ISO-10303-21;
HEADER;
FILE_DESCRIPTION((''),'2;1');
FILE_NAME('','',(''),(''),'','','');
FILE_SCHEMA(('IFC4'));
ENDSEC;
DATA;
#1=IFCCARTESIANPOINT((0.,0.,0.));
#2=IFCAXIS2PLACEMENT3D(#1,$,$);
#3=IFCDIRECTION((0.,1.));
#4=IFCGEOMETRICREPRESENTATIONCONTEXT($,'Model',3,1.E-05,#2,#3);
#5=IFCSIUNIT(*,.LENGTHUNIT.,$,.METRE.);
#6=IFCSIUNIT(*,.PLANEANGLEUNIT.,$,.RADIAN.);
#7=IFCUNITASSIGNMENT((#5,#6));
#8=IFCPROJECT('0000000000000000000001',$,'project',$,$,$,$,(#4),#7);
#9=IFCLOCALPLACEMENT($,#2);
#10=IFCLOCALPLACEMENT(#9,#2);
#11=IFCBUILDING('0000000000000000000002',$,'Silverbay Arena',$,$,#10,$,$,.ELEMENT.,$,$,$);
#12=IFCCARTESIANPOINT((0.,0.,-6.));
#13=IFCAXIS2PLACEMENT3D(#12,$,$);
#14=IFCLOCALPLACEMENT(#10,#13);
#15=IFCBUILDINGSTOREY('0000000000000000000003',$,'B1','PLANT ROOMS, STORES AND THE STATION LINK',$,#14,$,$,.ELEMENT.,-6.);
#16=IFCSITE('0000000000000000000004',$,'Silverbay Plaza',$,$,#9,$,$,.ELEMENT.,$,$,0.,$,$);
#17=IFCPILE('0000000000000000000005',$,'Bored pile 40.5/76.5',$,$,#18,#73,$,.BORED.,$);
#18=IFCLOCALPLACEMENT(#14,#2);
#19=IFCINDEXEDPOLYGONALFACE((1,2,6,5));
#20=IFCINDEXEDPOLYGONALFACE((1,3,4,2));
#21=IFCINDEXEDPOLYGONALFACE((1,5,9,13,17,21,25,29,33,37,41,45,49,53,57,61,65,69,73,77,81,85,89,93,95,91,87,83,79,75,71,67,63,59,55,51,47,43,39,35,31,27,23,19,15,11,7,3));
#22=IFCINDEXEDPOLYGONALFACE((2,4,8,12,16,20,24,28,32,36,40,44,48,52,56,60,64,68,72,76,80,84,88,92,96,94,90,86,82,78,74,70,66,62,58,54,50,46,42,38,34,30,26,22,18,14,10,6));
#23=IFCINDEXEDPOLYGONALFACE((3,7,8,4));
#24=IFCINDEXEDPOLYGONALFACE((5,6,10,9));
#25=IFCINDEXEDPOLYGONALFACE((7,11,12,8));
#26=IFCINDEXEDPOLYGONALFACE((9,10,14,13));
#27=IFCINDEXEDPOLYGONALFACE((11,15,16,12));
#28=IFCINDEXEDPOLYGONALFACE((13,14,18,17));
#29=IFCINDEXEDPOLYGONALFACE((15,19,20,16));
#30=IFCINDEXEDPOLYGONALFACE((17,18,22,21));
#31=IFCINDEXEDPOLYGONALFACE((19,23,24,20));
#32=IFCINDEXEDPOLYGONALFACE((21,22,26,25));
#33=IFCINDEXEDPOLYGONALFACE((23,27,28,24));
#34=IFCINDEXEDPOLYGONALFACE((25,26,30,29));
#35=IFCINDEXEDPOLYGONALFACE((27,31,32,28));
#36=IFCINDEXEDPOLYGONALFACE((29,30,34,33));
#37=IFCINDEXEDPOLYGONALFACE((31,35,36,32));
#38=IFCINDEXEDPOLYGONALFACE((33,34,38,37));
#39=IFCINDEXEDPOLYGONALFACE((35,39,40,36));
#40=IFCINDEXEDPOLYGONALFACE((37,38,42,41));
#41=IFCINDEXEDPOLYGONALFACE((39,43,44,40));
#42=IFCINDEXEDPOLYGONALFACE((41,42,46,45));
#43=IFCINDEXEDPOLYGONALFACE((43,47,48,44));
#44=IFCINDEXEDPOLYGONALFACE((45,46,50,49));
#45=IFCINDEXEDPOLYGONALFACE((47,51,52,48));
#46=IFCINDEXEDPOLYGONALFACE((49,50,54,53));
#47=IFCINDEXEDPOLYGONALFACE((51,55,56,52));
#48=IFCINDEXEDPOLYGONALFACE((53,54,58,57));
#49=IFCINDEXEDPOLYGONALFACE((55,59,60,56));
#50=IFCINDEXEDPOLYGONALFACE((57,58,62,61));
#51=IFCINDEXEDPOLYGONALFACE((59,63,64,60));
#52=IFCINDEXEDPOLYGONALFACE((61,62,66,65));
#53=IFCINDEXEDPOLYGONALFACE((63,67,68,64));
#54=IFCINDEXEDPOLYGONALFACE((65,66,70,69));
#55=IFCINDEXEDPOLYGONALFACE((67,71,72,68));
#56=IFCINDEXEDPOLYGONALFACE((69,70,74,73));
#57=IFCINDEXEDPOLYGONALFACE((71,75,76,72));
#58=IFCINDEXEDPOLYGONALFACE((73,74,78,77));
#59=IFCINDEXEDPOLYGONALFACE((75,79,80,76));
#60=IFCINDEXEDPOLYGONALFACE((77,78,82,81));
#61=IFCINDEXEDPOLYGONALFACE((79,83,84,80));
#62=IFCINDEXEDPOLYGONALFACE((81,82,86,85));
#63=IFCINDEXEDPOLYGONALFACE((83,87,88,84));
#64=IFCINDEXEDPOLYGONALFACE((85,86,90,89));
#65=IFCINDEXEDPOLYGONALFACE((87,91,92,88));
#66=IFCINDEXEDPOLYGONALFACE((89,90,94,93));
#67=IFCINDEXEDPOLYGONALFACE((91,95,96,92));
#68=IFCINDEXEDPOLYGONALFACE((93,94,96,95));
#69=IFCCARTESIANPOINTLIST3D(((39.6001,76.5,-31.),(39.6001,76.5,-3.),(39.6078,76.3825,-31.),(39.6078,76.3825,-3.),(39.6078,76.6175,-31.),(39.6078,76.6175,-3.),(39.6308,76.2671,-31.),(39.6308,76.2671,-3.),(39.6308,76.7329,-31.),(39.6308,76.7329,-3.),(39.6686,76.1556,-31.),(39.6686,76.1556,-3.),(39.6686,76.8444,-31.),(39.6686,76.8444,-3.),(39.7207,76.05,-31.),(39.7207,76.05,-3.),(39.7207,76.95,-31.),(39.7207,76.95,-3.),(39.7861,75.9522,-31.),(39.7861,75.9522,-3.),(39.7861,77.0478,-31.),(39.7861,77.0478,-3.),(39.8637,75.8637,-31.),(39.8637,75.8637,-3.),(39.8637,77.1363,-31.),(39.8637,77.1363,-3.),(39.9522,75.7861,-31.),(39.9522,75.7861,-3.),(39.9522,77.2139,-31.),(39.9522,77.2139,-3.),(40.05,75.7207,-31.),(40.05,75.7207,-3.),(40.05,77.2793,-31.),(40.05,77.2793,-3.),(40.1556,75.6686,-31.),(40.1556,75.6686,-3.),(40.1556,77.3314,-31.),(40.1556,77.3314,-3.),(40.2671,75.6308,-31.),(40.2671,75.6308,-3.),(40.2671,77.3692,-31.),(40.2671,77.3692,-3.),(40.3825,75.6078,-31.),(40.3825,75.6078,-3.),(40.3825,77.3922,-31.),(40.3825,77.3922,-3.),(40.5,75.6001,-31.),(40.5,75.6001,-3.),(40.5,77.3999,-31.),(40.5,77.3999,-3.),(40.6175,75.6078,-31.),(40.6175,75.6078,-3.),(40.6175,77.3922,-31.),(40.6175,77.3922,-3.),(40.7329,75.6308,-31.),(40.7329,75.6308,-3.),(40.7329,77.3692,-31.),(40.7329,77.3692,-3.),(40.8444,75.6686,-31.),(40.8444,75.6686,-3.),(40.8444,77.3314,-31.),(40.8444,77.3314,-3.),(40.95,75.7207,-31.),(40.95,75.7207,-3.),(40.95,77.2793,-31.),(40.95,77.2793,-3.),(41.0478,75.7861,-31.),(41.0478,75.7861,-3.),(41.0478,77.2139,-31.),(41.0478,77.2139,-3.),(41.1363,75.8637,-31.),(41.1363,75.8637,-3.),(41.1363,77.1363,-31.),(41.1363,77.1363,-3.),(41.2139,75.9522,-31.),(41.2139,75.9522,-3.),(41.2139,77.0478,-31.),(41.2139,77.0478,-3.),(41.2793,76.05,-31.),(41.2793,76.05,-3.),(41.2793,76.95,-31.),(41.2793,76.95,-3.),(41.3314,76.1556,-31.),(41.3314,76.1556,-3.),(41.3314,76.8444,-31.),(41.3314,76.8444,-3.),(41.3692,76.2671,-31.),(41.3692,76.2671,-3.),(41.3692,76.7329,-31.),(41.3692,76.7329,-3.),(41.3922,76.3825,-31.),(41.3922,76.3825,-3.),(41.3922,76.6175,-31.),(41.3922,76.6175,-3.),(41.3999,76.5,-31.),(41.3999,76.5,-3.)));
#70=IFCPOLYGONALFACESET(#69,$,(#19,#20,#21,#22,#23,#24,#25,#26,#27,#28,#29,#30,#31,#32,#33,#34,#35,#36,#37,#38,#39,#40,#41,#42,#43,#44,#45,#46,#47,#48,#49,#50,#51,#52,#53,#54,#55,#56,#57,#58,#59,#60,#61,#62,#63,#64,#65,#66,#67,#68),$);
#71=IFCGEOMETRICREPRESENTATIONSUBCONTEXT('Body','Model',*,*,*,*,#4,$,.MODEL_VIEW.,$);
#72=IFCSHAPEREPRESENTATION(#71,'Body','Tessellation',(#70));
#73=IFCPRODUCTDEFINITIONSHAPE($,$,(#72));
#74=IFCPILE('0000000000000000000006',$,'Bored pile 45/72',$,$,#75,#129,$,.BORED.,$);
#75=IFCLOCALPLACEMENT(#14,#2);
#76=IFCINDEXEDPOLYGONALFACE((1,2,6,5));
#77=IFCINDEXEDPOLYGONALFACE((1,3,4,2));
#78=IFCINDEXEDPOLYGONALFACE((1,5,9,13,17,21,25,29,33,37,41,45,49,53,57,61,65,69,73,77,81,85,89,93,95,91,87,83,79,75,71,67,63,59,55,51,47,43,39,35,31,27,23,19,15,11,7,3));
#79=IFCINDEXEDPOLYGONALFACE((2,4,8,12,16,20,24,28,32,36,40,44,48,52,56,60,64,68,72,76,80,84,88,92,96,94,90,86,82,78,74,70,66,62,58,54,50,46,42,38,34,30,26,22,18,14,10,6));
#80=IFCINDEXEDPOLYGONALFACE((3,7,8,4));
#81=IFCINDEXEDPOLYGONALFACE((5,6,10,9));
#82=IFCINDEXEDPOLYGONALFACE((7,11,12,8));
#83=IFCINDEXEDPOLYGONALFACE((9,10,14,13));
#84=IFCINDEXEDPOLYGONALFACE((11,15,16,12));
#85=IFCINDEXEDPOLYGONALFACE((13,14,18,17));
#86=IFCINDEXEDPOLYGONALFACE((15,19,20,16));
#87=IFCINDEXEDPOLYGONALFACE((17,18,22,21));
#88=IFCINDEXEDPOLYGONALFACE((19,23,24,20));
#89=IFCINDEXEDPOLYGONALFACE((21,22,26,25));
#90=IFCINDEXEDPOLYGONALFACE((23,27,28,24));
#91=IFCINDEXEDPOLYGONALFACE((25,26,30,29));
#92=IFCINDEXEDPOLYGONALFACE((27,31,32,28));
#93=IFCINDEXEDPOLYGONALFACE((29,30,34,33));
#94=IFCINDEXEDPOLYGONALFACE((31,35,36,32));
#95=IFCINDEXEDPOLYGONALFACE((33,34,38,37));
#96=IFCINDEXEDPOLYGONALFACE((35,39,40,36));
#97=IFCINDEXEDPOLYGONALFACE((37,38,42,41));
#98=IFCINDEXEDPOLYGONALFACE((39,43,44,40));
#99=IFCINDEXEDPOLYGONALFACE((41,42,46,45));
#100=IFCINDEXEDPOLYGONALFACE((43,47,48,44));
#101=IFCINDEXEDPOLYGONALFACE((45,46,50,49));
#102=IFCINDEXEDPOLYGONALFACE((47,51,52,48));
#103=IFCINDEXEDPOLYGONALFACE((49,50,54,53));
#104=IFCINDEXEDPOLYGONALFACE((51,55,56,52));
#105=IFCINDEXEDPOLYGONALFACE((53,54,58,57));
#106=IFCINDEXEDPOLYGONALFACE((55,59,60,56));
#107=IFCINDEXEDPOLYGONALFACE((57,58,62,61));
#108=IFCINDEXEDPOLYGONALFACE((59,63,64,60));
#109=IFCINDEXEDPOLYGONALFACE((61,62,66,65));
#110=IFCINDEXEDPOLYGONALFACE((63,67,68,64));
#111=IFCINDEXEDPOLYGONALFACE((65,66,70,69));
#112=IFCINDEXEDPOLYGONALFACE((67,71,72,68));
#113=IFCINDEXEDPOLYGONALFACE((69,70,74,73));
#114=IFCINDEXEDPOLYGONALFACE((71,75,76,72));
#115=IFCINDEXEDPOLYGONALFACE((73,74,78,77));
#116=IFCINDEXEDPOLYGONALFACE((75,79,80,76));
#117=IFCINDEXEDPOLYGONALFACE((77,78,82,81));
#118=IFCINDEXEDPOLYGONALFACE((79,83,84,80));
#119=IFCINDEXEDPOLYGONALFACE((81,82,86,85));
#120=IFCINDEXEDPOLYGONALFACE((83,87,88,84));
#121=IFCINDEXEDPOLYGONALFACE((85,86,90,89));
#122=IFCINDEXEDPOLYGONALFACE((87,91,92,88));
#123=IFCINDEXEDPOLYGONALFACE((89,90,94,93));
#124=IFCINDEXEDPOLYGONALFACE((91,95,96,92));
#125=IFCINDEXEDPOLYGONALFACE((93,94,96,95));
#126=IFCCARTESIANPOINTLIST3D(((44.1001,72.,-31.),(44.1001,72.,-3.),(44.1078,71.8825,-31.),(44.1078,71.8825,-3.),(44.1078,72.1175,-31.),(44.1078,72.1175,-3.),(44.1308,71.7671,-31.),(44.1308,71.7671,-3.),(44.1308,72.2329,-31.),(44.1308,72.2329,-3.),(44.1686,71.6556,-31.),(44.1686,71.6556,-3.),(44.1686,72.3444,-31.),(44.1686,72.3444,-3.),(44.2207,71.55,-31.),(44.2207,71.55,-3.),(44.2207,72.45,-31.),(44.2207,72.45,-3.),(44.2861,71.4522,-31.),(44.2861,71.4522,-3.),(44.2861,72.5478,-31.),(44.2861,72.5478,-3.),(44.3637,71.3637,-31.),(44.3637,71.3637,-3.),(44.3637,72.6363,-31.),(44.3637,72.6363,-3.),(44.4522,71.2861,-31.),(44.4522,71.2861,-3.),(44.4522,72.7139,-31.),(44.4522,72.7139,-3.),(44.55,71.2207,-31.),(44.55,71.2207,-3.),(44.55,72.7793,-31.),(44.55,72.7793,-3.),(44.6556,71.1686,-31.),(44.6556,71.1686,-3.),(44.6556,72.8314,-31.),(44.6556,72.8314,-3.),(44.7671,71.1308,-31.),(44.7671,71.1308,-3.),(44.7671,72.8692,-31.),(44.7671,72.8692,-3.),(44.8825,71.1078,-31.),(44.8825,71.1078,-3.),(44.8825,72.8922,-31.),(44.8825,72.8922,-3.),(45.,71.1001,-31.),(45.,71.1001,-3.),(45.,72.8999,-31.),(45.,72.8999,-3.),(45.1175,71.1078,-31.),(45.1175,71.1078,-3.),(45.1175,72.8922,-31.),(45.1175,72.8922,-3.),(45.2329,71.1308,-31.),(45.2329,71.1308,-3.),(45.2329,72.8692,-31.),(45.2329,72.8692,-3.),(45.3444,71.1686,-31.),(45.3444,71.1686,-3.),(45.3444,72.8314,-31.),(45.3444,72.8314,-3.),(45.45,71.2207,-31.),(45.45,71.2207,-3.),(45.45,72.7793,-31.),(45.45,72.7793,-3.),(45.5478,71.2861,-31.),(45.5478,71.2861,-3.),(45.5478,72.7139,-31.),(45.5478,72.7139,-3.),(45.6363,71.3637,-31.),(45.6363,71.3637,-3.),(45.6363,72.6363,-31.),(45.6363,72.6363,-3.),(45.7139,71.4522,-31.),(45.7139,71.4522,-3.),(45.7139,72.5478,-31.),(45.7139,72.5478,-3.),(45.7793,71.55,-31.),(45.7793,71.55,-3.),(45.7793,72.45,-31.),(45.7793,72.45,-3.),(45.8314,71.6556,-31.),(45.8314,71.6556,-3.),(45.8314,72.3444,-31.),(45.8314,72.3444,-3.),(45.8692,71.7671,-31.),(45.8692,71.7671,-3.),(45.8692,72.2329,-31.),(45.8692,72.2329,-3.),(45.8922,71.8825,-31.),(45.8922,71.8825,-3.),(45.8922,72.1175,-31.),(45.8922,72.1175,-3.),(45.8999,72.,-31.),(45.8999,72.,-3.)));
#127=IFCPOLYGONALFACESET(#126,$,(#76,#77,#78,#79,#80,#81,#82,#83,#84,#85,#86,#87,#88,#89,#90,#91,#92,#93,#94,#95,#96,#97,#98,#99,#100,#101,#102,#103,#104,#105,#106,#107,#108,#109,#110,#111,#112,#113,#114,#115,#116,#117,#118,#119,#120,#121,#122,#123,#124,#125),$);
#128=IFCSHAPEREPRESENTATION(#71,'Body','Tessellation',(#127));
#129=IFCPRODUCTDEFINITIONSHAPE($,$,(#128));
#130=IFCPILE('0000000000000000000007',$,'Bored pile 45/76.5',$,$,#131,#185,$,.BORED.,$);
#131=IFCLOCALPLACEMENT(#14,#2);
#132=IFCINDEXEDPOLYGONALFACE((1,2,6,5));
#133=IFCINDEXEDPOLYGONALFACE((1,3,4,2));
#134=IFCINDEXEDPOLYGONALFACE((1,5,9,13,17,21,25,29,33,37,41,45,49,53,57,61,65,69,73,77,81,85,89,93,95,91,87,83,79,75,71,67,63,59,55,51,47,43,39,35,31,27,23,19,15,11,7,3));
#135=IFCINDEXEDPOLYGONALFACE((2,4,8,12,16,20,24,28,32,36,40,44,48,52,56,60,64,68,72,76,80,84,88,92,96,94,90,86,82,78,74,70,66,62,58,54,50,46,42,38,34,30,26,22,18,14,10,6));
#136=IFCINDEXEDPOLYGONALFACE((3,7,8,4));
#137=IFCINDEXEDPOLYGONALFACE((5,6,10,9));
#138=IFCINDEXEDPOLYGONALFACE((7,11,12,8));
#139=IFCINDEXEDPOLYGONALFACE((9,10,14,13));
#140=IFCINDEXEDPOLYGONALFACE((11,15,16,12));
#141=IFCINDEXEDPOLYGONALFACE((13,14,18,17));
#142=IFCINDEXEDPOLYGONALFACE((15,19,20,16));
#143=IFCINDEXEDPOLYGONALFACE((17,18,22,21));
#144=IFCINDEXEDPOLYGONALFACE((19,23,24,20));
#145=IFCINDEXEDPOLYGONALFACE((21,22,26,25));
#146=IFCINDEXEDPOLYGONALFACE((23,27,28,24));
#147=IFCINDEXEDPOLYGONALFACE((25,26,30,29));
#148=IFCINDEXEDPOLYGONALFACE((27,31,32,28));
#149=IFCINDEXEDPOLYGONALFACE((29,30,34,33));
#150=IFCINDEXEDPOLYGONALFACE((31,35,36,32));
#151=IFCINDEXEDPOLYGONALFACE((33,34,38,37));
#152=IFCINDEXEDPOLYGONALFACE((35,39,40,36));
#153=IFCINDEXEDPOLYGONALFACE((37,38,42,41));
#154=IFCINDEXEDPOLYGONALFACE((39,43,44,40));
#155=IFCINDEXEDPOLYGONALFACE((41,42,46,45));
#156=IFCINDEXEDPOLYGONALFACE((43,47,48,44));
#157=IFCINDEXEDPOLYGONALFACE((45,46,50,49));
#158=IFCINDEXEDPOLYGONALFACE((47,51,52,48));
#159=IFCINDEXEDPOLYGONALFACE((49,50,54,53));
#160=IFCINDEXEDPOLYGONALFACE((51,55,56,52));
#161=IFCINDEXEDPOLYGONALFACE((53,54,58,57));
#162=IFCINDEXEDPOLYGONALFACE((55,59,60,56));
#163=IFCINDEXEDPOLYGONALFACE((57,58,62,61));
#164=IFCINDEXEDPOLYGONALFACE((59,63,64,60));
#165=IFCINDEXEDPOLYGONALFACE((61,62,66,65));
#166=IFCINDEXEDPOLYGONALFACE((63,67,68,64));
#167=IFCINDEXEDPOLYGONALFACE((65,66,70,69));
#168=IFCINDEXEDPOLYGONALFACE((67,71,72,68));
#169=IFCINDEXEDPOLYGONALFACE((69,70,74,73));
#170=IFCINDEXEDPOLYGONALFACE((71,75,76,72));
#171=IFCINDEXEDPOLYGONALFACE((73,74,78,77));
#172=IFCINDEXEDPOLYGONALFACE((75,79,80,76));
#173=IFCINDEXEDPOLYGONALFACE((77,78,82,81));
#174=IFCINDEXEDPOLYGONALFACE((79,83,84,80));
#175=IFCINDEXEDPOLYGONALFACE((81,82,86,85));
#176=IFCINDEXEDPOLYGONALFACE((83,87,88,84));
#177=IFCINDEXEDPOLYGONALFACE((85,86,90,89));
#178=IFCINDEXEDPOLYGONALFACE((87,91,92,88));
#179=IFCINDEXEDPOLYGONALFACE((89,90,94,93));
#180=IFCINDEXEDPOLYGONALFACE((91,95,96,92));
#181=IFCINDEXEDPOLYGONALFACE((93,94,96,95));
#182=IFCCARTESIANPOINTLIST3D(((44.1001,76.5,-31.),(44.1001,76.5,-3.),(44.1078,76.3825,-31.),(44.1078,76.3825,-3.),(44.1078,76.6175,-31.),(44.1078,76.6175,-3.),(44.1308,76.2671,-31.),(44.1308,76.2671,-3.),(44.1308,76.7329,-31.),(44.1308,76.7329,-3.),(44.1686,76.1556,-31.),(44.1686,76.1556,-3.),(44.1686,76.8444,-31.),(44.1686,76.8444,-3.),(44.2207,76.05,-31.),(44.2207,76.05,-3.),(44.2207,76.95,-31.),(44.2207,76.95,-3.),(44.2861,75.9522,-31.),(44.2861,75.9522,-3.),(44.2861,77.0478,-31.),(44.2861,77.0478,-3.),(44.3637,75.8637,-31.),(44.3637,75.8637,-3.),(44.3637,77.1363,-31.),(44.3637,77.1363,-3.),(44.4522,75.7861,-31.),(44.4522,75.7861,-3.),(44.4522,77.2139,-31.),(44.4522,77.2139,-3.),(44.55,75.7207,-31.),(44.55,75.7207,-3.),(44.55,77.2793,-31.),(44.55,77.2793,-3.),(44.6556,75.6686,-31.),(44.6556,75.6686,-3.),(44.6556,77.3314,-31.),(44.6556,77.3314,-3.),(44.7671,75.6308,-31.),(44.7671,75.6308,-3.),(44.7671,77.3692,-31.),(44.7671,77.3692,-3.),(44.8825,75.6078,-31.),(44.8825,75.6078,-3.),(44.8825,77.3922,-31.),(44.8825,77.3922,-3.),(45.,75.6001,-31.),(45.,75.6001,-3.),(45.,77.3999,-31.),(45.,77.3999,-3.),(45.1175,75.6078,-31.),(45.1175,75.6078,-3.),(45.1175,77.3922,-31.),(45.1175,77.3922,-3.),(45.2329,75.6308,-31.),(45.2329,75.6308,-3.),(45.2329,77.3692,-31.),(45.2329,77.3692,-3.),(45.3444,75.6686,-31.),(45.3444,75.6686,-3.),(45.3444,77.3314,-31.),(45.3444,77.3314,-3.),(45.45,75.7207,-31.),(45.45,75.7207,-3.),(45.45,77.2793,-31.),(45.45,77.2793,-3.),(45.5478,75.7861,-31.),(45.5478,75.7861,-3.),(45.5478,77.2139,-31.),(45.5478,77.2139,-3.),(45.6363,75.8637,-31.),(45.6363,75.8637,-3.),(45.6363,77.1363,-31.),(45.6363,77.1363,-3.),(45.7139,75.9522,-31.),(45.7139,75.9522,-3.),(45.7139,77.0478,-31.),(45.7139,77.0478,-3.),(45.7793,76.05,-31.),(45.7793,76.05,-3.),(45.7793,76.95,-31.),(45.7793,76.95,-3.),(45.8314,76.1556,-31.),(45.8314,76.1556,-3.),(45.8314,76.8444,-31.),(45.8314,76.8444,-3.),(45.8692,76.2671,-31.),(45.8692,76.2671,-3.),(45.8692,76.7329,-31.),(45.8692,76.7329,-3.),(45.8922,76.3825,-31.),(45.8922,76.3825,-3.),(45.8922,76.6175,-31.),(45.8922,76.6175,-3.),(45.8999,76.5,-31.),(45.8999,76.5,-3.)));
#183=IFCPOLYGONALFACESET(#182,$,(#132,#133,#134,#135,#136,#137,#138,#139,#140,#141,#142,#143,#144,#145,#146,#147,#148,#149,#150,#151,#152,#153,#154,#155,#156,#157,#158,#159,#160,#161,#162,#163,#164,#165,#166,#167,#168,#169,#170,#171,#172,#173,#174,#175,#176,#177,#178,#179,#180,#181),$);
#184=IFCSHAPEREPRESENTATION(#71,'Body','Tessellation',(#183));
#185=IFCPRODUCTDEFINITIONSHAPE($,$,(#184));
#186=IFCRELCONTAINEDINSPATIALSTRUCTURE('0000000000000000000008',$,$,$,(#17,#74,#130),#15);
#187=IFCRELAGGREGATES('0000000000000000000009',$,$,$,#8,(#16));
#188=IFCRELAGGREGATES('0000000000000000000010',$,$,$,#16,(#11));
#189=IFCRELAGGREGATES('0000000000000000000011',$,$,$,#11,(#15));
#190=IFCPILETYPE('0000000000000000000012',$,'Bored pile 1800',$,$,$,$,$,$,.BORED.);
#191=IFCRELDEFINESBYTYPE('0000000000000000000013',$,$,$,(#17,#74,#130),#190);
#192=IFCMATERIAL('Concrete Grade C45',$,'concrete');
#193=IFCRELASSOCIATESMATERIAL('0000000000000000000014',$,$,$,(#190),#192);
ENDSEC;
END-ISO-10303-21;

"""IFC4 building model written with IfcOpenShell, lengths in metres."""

from ifc_helpers import new_model, si_unit, direction, frame, origin, origin_2d, place, context, subcontext, project, spatial, circle, extrude, material, material_profile, profile_set, type_object, element, save


model = new_model("IFC4")

# Units and contexts
model_context = context("Model", 3, precision=1e-05, world=origin(), true_north=direction((0.0, 1.0)))
body_context = subcontext(model_context, "Body", "Model", "MODEL_VIEW")
ifc_project = project(units=[si_unit("LENGTHUNIT", "METRE"), si_unit("PLANEANGLEUNIT", "RADIAN")], contexts=[model_context])

# Site, building, storey
site_placement = place(None, origin())
site = spatial("IfcSite", under=ifc_project, at=site_placement, Name="Silverbay Plaza", CompositionType="ELEMENT", RefElevation=0.0)
building_placement = place(site_placement, origin())
building = spatial("IfcBuilding", under=site, at=building_placement, Name="Silverbay Arena", CompositionType="ELEMENT")
storey_placement = place(building_placement, frame((0.0, 0.0, -6.0)))
storey = spatial("IfcBuildingStorey", under=building, at=storey_placement, Name="B1", Description="PLANT ROOMS, STORES AND THE STATION LINK", CompositionType="ELEMENT", Elevation=-6.0)

# Piles
ifc_material_1 = material(Name="Concrete Grade C45", Category="concrete")
ifc_material_profile_1 = material_profile(ifc_material_1, circle(Radius=0.8999, at=origin_2d()), Name="Bored pile 1800")
ifc_profile_set_1 = profile_set([ifc_material_profile_1], Name="Concrete Grade C45")
pile_type_1 = type_object("IfcPileType", Name="Bored pile 1800", PredefinedType="BORED", material=ifc_profile_set_1)
for number, where, z_axis, x_axis, name in (
    (1, (40.5, 76.5, -3.0), (0.0, 0.0, -1.0), (1.0, 0.0, 0.0), "Bored pile 40.5/76.5"),
    (2, (45.0, 72.0, -3.0), (0.0, 0.0, -1.0), (1.0, 0.0, 0.0), "Bored pile 45/72"),
    (3, (45.0, 76.5, -3.0), (0.0, 0.0, -1.0), (1.0, 0.0, 0.0), "Bored pile 45/76.5"),
):
    element("IfcPile", number, at=place(storey_placement, frame(where, z_axis=z_axis, x_axis=x_axis)), inside=storey, type_object=pile_type_1, Name=name, PredefinedType="BORED", context=body_context, shape_type="SweptSolid", body=[
        extrude(circle(Radius=0.8999, at=origin_2d()), origin(), (0.0, 0.0, 1.0), 28.0),
    ])

save(model, "model.ifc")
